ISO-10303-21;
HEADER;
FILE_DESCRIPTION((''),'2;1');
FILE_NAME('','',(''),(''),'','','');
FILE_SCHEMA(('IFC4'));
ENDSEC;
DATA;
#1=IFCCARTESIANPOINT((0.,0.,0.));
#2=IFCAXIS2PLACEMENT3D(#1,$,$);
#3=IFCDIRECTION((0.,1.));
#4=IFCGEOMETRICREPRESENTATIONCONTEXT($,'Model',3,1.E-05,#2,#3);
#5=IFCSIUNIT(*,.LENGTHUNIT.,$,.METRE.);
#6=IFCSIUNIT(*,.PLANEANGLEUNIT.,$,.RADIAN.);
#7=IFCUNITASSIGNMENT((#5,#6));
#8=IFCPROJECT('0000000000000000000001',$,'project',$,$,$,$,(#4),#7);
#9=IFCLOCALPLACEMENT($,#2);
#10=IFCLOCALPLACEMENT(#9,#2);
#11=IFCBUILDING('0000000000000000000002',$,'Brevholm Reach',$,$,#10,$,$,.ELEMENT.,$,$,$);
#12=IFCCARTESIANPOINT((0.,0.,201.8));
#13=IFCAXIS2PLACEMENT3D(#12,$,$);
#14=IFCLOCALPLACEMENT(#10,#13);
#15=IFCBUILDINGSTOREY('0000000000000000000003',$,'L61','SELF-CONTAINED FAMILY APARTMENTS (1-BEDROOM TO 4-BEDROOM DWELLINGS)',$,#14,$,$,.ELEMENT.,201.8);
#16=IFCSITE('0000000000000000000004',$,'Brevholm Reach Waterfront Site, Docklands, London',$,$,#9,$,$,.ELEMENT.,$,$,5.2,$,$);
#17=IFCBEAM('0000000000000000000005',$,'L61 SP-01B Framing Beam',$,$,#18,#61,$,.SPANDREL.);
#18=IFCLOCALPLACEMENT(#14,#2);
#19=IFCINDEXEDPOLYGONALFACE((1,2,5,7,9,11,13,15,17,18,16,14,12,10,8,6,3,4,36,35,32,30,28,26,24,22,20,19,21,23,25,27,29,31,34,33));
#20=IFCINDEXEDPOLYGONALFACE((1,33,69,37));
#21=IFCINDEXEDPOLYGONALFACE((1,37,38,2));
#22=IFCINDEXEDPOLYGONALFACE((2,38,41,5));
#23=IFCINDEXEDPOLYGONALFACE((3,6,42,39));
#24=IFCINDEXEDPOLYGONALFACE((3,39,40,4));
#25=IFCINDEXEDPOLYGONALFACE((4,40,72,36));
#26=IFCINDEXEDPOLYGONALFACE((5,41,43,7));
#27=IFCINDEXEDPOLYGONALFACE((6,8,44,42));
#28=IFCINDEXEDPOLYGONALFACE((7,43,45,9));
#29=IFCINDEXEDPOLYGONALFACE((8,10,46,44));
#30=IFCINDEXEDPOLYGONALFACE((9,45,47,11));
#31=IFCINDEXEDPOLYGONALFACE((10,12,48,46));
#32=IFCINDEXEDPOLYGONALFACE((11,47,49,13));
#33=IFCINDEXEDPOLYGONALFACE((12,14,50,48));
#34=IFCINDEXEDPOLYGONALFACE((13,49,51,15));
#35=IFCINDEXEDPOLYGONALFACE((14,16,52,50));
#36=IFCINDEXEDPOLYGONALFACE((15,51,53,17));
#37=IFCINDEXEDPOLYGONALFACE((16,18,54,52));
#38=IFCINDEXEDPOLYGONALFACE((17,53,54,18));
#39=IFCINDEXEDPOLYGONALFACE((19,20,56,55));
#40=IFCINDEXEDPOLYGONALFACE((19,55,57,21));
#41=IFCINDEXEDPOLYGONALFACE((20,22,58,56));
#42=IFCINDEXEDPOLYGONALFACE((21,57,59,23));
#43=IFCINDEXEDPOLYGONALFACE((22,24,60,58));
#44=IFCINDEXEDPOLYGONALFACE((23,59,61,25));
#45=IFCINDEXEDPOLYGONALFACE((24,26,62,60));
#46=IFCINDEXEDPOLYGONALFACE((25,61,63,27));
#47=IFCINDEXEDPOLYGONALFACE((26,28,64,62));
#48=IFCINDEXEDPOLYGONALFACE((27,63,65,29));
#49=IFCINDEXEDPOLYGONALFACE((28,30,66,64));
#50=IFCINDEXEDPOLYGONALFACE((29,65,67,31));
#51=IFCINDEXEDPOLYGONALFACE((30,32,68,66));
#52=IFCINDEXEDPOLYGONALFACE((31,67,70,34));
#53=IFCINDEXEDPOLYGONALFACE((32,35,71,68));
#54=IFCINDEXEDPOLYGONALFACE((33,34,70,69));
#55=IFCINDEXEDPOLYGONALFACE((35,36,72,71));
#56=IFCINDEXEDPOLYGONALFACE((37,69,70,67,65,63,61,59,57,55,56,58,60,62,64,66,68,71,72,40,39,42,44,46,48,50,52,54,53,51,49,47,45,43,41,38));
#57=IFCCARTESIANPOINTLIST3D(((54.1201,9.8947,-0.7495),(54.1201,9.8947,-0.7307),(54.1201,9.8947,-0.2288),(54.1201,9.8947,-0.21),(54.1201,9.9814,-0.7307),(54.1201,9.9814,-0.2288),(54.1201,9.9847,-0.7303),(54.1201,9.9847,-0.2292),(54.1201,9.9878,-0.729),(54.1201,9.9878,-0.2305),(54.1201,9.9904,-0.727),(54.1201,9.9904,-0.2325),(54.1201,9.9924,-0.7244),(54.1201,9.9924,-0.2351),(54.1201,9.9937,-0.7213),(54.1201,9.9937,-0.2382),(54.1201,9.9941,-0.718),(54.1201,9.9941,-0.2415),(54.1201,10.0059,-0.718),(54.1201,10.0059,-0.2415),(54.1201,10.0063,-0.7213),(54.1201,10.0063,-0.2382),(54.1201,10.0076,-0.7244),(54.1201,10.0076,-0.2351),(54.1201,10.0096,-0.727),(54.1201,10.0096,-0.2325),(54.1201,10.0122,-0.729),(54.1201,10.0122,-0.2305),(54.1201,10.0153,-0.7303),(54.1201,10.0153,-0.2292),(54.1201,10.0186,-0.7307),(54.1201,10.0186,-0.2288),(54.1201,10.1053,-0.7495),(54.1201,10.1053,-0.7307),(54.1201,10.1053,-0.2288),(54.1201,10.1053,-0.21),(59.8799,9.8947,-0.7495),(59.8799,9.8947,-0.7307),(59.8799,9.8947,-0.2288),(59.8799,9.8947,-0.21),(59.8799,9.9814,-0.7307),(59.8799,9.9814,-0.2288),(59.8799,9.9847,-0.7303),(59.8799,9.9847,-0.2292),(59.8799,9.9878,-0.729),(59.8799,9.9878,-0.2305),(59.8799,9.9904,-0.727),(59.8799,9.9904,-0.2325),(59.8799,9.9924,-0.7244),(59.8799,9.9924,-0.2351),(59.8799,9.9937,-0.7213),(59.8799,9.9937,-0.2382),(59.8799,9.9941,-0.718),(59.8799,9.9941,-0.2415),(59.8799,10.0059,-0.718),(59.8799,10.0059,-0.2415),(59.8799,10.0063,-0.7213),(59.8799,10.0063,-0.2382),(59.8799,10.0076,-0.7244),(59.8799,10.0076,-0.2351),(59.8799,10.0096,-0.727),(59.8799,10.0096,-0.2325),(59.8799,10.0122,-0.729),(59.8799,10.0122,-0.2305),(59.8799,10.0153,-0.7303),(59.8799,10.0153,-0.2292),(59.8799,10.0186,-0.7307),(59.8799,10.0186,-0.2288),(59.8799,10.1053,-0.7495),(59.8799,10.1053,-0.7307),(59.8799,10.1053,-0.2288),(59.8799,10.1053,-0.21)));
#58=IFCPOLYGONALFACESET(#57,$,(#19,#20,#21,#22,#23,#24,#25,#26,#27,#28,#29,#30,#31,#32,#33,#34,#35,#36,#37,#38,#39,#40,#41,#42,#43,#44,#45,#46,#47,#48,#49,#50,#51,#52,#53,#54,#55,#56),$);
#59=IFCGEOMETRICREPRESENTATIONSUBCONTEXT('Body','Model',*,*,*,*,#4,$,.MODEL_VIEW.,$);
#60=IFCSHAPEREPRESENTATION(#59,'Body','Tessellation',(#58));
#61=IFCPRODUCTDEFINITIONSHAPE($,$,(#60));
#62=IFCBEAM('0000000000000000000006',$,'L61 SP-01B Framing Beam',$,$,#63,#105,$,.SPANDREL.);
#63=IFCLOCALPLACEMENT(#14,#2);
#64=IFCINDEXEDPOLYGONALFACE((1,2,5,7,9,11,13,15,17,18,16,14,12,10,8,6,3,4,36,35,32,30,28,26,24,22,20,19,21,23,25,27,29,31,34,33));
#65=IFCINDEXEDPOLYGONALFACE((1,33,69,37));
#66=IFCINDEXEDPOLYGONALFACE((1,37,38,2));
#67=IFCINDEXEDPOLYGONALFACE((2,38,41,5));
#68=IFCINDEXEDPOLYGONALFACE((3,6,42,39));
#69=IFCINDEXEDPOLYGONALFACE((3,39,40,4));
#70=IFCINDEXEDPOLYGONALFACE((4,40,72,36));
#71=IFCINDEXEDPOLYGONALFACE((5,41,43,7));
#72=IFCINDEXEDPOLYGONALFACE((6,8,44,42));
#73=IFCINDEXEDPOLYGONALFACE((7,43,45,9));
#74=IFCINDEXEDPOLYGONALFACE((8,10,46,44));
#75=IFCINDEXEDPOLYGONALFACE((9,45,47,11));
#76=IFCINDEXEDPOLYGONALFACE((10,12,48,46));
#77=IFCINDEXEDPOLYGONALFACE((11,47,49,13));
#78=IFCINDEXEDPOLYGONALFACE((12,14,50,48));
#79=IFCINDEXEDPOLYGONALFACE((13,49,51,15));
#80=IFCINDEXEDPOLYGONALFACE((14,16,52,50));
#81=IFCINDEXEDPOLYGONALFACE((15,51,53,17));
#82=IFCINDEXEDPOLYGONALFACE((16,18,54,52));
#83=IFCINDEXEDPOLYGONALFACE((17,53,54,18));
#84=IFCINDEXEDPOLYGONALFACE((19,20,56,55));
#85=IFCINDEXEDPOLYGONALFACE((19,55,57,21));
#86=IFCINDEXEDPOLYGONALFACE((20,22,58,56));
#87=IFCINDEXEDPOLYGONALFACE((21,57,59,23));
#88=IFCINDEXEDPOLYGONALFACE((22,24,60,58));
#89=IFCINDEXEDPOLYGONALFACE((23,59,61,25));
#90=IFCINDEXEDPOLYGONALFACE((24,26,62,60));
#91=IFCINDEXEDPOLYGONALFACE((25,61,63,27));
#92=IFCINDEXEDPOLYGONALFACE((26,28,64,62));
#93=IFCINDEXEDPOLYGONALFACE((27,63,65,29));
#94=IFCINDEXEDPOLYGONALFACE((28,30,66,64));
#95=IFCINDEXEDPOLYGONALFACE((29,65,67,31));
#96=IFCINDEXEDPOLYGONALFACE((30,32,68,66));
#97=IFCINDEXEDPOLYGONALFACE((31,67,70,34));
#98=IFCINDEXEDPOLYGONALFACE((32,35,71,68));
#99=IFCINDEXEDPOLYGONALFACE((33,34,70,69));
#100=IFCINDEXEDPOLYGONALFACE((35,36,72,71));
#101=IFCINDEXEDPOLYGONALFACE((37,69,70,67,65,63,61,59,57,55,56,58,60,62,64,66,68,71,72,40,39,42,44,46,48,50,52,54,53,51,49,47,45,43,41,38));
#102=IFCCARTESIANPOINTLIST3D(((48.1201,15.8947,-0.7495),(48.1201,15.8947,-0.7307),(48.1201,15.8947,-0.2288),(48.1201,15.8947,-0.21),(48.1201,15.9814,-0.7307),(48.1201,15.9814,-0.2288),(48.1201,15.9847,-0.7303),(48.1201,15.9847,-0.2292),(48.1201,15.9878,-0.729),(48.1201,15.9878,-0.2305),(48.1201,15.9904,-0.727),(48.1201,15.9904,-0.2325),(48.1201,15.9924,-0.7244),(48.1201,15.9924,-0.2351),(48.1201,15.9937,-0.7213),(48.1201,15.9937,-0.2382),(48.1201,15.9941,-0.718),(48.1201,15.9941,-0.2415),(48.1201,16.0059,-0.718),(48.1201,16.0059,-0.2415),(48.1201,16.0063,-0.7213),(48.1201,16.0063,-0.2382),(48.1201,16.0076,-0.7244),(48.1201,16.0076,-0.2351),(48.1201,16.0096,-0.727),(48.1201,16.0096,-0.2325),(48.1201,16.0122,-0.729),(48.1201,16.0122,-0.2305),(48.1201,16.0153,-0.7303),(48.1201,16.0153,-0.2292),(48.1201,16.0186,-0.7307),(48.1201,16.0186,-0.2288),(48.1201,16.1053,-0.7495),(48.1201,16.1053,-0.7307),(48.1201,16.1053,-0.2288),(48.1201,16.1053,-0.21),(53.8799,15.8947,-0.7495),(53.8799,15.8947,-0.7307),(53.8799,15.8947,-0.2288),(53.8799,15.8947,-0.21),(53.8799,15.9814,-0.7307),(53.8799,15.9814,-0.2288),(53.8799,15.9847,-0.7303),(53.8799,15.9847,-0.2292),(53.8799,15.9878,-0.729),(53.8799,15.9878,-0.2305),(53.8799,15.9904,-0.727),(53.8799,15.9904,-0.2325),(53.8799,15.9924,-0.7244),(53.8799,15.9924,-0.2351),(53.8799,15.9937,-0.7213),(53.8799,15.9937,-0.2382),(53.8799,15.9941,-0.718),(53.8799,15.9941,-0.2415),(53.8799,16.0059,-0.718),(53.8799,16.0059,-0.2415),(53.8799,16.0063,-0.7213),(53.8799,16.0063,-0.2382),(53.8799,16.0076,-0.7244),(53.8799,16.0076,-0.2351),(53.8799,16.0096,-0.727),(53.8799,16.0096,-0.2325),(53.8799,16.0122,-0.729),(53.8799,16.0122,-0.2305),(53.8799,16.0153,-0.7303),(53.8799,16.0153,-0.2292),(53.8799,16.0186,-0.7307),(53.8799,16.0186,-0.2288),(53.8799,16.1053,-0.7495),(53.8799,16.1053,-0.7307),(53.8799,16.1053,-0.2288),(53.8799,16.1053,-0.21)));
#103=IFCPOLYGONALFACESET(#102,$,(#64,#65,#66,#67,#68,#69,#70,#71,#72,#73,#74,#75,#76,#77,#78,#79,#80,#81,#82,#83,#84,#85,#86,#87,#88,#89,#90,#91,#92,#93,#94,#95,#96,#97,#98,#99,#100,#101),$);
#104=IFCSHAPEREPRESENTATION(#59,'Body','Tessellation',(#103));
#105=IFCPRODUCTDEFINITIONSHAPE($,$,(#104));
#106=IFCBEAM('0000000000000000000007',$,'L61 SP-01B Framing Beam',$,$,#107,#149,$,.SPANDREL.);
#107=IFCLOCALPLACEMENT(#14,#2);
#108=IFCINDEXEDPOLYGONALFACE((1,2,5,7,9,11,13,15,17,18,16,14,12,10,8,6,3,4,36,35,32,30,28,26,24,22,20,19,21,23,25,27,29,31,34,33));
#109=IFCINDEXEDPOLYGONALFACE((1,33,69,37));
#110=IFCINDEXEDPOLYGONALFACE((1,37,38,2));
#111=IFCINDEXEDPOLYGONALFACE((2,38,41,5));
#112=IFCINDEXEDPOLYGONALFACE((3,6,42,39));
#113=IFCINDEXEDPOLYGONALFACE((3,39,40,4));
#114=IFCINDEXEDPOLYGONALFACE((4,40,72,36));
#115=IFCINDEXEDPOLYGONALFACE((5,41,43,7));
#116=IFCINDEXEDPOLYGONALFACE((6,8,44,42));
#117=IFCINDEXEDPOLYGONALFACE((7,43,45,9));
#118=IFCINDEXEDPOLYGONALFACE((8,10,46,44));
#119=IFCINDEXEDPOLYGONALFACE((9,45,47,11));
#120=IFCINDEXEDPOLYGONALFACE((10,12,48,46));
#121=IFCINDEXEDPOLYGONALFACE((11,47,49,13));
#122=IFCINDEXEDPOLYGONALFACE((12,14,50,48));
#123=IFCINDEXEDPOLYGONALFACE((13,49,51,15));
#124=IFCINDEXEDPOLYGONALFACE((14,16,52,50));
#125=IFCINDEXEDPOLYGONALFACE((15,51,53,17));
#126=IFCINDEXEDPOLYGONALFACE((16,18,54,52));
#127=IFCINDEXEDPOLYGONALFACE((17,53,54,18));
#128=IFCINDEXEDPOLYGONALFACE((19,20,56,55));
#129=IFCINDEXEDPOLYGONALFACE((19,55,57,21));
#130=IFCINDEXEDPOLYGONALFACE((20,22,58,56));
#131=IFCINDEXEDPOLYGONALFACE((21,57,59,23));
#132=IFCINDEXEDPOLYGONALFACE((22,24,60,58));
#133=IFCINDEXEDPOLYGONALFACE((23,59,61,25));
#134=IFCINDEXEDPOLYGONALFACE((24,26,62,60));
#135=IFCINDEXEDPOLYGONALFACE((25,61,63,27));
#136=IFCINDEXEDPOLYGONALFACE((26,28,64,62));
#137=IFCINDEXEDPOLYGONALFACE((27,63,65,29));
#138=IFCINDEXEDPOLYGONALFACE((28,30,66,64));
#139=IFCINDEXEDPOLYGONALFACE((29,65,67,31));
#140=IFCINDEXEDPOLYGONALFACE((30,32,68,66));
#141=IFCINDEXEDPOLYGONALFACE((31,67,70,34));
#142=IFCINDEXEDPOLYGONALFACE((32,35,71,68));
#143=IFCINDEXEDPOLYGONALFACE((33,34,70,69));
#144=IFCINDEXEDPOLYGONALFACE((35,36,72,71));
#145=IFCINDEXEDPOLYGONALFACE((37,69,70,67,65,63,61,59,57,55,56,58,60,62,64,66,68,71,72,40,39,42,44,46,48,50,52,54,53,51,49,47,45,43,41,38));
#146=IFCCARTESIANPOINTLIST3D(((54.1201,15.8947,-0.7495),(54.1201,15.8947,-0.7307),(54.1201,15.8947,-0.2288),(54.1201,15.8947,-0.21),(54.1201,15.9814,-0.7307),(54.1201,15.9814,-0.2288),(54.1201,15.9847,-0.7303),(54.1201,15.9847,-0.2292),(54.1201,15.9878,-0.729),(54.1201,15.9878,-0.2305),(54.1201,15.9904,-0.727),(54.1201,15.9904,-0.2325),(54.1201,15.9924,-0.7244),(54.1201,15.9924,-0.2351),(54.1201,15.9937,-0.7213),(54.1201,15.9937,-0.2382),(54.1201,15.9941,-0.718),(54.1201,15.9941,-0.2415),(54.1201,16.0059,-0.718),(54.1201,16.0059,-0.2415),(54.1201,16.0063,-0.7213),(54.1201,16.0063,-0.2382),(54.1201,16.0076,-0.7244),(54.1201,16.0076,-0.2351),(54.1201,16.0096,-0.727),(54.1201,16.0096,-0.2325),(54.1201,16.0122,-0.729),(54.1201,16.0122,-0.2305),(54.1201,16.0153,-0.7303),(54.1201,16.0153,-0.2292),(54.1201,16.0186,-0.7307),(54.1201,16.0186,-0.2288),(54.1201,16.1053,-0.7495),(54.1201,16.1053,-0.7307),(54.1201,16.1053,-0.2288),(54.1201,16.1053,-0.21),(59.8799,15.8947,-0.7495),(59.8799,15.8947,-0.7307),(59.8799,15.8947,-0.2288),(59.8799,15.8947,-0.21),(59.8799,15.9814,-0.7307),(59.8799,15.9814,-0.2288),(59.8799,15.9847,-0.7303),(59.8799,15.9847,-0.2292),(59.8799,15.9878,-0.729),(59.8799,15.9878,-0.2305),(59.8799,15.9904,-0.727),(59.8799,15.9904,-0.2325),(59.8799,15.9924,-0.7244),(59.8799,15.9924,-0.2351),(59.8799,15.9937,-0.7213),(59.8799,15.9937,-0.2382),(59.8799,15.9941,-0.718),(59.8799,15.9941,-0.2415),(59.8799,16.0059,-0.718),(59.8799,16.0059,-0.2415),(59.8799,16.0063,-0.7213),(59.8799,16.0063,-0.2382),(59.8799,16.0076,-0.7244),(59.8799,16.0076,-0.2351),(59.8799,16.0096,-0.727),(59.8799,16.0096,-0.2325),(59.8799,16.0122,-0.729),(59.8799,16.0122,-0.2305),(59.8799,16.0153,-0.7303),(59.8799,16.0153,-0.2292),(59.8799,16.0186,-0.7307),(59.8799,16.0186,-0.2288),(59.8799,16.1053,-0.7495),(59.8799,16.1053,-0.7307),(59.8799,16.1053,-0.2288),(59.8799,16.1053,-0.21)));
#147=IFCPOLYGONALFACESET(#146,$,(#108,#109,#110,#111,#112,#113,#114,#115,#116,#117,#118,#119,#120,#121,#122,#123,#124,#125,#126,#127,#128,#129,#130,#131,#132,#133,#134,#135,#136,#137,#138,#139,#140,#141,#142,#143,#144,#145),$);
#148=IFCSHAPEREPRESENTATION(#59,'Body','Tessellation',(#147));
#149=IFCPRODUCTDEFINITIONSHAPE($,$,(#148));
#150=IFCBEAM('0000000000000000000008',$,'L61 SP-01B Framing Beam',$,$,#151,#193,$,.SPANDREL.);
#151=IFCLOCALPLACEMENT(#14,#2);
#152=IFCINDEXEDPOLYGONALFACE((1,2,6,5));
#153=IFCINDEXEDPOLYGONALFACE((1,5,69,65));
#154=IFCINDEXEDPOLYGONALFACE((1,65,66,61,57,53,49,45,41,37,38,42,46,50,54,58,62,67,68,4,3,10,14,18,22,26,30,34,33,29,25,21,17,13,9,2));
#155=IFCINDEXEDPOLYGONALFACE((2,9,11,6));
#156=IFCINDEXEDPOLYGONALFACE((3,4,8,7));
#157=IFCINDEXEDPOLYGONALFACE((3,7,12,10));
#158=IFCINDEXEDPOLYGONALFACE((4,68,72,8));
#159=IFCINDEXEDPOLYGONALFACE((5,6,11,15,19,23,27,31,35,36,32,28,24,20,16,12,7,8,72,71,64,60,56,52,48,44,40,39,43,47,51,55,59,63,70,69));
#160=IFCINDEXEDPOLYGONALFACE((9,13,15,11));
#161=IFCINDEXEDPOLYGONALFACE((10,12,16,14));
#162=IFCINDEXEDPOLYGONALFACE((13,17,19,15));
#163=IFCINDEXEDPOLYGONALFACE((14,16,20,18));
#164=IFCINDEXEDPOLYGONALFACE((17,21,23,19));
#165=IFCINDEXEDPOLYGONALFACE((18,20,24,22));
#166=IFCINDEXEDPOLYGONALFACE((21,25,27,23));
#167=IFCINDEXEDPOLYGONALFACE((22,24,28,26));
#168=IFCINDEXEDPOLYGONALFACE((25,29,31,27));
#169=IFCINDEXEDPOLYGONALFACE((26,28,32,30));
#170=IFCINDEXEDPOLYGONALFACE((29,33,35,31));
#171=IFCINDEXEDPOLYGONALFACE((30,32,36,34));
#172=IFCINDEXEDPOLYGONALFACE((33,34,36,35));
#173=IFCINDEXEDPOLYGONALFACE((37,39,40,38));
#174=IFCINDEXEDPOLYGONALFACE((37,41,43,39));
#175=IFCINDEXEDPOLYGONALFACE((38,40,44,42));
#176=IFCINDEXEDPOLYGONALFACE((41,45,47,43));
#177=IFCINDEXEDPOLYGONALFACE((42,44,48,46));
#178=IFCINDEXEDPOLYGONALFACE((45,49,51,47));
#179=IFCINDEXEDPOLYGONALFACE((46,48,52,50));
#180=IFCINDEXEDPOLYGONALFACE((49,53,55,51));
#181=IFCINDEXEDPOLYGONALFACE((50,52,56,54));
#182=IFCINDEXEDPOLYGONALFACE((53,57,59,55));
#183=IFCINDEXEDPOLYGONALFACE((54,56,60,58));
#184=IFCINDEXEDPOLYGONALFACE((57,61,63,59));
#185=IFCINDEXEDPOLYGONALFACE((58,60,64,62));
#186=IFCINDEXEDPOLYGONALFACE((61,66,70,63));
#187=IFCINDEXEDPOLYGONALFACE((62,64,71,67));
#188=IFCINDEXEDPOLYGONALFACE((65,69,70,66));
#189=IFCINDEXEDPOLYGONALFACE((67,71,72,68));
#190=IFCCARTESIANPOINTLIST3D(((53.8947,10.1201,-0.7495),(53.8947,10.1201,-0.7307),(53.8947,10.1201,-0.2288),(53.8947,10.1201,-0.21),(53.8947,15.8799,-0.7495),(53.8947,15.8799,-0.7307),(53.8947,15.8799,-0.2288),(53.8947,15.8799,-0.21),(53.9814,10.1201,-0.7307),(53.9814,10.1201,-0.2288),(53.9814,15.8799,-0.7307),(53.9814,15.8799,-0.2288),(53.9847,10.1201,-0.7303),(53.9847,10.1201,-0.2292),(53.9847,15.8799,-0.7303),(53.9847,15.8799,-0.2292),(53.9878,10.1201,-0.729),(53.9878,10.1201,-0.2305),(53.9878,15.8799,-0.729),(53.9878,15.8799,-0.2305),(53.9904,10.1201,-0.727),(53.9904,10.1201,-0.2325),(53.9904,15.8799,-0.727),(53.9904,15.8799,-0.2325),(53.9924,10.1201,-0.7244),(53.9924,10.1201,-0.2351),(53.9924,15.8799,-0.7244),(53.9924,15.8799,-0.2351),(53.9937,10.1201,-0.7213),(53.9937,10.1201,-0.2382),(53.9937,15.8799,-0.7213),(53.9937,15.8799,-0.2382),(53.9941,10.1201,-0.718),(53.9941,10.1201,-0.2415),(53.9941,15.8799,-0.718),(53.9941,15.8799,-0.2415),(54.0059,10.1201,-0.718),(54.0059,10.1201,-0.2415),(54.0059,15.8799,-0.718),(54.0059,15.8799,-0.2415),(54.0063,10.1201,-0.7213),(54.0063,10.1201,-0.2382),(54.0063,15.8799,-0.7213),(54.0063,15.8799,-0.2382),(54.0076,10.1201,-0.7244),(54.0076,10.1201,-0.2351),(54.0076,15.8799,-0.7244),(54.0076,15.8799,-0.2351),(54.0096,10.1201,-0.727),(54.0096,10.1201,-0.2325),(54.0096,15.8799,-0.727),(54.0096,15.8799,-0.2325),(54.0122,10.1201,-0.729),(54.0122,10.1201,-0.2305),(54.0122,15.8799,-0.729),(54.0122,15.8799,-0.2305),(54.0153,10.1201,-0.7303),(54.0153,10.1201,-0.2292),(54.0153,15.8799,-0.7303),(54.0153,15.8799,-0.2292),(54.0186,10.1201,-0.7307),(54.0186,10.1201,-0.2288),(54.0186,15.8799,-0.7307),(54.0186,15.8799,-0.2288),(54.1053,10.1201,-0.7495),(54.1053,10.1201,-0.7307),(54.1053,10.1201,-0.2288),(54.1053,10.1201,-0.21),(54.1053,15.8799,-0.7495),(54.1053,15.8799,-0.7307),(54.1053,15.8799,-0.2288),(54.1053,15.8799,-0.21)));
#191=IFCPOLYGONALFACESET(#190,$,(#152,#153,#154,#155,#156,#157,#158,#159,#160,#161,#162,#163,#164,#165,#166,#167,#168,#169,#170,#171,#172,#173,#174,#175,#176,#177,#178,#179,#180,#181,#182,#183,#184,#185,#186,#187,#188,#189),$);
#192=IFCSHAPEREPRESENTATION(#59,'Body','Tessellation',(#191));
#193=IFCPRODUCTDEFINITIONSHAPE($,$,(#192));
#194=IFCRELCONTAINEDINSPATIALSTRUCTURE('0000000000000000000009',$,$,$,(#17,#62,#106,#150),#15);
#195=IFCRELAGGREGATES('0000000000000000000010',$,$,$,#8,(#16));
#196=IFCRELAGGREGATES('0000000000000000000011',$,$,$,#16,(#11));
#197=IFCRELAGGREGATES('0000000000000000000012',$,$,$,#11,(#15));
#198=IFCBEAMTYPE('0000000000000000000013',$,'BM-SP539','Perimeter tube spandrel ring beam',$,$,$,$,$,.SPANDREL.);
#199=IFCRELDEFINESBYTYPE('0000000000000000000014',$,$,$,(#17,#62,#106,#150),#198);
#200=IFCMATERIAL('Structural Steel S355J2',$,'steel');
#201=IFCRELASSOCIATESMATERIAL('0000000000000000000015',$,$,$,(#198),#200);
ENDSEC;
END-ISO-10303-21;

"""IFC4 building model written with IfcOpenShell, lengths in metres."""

from ifc_helpers import new_model, si_unit, direction, frame, origin, origin_2d, place, context, subcontext, project, spatial, i_section, extrude, material, material_profile, profile_set, type_object, element, save


model = new_model("IFC4")

# Units and contexts
model_context = context("Model", 3, precision=1e-05, world=origin(), true_north=direction((0.0, 1.0)))
body_context = subcontext(model_context, "Body", "Model", "MODEL_VIEW")
ifc_project = project(units=[si_unit("LENGTHUNIT", "METRE"), si_unit("PLANEANGLEUNIT", "RADIAN")], contexts=[model_context])

# Site, building, storey
site_placement = place(None, origin())
site = spatial("IfcSite", under=ifc_project, at=site_placement, Name="Brevholm Reach Waterfront Site, Docklands, London", CompositionType="ELEMENT", RefElevation=5.2)
building_placement = place(site_placement, origin())
building = spatial("IfcBuilding", under=site, at=building_placement, Name="Brevholm Reach", CompositionType="ELEMENT")
storey_placement = place(building_placement, frame((0.0, 0.0, 201.8)))
storey = spatial("IfcBuildingStorey", under=building, at=storey_placement, Name="L61", Description="SELF-CONTAINED FAMILY APARTMENTS (1-BEDROOM TO 4-BEDROOM DWELLINGS)", CompositionType="ELEMENT", Elevation=201.8)

# Beams
ifc_material_1 = material(Name="Structural Steel S355J2", Category="steel")
ifc_material_profile_1 = material_profile(ifc_material_1, i_section(OverallWidth=0.2107, OverallDepth=0.5396, WebThickness=0.0117, FlangeThickness=0.0188, FilletRadius=0.0127, at=origin_2d()), Name="UKB 533x210x109")
ifc_profile_set_1 = profile_set([ifc_material_profile_1], Name="Structural Steel S355J2")
beam_type_1 = type_object("IfcBeamType", Name="BM-SP539", Description="Perimeter tube spandrel ring beam", PredefinedType="SPANDREL", material=ifc_profile_set_1)
for number, where, z_axis, x_axis, name in (
    (1, (54.1201, 10.0, -0.4797), (1.0, 0.0, 0.0), (0.0, 1.0, 0.0), "L61 SP-01B Framing Beam"),
    (2, (48.1201, 16.0, -0.4797), (1.0, 0.0, 0.0), (0.0, 1.0, 0.0), "L61 SP-01B Framing Beam"),
    (3, (54.1201, 16.0, -0.4797), (1.0, 0.0, 0.0), (0.0, 1.0, 0.0), "L61 SP-01B Framing Beam"),
    (4, (54.0, 10.1201, -0.4797), (0.0, 1.0, 0.0), (-1.0, 0.0, 0.0), "L61 SP-01B Framing Beam"),
):
    element("IfcBeam", number, at=place(storey_placement, frame(where, z_axis=z_axis, x_axis=x_axis)), inside=storey, type_object=beam_type_1, Name=name, PredefinedType="SPANDREL", context=body_context, shape_type="SweptSolid", body=[
        extrude(i_section(OverallWidth=0.2107, OverallDepth=0.5396, WebThickness=0.0117, FlangeThickness=0.0188, FilletRadius=0.0127, at=origin_2d()), origin(), (0.0, 0.0, 1.0), 5.7598),
    ])

save(model, "model.ifc")
